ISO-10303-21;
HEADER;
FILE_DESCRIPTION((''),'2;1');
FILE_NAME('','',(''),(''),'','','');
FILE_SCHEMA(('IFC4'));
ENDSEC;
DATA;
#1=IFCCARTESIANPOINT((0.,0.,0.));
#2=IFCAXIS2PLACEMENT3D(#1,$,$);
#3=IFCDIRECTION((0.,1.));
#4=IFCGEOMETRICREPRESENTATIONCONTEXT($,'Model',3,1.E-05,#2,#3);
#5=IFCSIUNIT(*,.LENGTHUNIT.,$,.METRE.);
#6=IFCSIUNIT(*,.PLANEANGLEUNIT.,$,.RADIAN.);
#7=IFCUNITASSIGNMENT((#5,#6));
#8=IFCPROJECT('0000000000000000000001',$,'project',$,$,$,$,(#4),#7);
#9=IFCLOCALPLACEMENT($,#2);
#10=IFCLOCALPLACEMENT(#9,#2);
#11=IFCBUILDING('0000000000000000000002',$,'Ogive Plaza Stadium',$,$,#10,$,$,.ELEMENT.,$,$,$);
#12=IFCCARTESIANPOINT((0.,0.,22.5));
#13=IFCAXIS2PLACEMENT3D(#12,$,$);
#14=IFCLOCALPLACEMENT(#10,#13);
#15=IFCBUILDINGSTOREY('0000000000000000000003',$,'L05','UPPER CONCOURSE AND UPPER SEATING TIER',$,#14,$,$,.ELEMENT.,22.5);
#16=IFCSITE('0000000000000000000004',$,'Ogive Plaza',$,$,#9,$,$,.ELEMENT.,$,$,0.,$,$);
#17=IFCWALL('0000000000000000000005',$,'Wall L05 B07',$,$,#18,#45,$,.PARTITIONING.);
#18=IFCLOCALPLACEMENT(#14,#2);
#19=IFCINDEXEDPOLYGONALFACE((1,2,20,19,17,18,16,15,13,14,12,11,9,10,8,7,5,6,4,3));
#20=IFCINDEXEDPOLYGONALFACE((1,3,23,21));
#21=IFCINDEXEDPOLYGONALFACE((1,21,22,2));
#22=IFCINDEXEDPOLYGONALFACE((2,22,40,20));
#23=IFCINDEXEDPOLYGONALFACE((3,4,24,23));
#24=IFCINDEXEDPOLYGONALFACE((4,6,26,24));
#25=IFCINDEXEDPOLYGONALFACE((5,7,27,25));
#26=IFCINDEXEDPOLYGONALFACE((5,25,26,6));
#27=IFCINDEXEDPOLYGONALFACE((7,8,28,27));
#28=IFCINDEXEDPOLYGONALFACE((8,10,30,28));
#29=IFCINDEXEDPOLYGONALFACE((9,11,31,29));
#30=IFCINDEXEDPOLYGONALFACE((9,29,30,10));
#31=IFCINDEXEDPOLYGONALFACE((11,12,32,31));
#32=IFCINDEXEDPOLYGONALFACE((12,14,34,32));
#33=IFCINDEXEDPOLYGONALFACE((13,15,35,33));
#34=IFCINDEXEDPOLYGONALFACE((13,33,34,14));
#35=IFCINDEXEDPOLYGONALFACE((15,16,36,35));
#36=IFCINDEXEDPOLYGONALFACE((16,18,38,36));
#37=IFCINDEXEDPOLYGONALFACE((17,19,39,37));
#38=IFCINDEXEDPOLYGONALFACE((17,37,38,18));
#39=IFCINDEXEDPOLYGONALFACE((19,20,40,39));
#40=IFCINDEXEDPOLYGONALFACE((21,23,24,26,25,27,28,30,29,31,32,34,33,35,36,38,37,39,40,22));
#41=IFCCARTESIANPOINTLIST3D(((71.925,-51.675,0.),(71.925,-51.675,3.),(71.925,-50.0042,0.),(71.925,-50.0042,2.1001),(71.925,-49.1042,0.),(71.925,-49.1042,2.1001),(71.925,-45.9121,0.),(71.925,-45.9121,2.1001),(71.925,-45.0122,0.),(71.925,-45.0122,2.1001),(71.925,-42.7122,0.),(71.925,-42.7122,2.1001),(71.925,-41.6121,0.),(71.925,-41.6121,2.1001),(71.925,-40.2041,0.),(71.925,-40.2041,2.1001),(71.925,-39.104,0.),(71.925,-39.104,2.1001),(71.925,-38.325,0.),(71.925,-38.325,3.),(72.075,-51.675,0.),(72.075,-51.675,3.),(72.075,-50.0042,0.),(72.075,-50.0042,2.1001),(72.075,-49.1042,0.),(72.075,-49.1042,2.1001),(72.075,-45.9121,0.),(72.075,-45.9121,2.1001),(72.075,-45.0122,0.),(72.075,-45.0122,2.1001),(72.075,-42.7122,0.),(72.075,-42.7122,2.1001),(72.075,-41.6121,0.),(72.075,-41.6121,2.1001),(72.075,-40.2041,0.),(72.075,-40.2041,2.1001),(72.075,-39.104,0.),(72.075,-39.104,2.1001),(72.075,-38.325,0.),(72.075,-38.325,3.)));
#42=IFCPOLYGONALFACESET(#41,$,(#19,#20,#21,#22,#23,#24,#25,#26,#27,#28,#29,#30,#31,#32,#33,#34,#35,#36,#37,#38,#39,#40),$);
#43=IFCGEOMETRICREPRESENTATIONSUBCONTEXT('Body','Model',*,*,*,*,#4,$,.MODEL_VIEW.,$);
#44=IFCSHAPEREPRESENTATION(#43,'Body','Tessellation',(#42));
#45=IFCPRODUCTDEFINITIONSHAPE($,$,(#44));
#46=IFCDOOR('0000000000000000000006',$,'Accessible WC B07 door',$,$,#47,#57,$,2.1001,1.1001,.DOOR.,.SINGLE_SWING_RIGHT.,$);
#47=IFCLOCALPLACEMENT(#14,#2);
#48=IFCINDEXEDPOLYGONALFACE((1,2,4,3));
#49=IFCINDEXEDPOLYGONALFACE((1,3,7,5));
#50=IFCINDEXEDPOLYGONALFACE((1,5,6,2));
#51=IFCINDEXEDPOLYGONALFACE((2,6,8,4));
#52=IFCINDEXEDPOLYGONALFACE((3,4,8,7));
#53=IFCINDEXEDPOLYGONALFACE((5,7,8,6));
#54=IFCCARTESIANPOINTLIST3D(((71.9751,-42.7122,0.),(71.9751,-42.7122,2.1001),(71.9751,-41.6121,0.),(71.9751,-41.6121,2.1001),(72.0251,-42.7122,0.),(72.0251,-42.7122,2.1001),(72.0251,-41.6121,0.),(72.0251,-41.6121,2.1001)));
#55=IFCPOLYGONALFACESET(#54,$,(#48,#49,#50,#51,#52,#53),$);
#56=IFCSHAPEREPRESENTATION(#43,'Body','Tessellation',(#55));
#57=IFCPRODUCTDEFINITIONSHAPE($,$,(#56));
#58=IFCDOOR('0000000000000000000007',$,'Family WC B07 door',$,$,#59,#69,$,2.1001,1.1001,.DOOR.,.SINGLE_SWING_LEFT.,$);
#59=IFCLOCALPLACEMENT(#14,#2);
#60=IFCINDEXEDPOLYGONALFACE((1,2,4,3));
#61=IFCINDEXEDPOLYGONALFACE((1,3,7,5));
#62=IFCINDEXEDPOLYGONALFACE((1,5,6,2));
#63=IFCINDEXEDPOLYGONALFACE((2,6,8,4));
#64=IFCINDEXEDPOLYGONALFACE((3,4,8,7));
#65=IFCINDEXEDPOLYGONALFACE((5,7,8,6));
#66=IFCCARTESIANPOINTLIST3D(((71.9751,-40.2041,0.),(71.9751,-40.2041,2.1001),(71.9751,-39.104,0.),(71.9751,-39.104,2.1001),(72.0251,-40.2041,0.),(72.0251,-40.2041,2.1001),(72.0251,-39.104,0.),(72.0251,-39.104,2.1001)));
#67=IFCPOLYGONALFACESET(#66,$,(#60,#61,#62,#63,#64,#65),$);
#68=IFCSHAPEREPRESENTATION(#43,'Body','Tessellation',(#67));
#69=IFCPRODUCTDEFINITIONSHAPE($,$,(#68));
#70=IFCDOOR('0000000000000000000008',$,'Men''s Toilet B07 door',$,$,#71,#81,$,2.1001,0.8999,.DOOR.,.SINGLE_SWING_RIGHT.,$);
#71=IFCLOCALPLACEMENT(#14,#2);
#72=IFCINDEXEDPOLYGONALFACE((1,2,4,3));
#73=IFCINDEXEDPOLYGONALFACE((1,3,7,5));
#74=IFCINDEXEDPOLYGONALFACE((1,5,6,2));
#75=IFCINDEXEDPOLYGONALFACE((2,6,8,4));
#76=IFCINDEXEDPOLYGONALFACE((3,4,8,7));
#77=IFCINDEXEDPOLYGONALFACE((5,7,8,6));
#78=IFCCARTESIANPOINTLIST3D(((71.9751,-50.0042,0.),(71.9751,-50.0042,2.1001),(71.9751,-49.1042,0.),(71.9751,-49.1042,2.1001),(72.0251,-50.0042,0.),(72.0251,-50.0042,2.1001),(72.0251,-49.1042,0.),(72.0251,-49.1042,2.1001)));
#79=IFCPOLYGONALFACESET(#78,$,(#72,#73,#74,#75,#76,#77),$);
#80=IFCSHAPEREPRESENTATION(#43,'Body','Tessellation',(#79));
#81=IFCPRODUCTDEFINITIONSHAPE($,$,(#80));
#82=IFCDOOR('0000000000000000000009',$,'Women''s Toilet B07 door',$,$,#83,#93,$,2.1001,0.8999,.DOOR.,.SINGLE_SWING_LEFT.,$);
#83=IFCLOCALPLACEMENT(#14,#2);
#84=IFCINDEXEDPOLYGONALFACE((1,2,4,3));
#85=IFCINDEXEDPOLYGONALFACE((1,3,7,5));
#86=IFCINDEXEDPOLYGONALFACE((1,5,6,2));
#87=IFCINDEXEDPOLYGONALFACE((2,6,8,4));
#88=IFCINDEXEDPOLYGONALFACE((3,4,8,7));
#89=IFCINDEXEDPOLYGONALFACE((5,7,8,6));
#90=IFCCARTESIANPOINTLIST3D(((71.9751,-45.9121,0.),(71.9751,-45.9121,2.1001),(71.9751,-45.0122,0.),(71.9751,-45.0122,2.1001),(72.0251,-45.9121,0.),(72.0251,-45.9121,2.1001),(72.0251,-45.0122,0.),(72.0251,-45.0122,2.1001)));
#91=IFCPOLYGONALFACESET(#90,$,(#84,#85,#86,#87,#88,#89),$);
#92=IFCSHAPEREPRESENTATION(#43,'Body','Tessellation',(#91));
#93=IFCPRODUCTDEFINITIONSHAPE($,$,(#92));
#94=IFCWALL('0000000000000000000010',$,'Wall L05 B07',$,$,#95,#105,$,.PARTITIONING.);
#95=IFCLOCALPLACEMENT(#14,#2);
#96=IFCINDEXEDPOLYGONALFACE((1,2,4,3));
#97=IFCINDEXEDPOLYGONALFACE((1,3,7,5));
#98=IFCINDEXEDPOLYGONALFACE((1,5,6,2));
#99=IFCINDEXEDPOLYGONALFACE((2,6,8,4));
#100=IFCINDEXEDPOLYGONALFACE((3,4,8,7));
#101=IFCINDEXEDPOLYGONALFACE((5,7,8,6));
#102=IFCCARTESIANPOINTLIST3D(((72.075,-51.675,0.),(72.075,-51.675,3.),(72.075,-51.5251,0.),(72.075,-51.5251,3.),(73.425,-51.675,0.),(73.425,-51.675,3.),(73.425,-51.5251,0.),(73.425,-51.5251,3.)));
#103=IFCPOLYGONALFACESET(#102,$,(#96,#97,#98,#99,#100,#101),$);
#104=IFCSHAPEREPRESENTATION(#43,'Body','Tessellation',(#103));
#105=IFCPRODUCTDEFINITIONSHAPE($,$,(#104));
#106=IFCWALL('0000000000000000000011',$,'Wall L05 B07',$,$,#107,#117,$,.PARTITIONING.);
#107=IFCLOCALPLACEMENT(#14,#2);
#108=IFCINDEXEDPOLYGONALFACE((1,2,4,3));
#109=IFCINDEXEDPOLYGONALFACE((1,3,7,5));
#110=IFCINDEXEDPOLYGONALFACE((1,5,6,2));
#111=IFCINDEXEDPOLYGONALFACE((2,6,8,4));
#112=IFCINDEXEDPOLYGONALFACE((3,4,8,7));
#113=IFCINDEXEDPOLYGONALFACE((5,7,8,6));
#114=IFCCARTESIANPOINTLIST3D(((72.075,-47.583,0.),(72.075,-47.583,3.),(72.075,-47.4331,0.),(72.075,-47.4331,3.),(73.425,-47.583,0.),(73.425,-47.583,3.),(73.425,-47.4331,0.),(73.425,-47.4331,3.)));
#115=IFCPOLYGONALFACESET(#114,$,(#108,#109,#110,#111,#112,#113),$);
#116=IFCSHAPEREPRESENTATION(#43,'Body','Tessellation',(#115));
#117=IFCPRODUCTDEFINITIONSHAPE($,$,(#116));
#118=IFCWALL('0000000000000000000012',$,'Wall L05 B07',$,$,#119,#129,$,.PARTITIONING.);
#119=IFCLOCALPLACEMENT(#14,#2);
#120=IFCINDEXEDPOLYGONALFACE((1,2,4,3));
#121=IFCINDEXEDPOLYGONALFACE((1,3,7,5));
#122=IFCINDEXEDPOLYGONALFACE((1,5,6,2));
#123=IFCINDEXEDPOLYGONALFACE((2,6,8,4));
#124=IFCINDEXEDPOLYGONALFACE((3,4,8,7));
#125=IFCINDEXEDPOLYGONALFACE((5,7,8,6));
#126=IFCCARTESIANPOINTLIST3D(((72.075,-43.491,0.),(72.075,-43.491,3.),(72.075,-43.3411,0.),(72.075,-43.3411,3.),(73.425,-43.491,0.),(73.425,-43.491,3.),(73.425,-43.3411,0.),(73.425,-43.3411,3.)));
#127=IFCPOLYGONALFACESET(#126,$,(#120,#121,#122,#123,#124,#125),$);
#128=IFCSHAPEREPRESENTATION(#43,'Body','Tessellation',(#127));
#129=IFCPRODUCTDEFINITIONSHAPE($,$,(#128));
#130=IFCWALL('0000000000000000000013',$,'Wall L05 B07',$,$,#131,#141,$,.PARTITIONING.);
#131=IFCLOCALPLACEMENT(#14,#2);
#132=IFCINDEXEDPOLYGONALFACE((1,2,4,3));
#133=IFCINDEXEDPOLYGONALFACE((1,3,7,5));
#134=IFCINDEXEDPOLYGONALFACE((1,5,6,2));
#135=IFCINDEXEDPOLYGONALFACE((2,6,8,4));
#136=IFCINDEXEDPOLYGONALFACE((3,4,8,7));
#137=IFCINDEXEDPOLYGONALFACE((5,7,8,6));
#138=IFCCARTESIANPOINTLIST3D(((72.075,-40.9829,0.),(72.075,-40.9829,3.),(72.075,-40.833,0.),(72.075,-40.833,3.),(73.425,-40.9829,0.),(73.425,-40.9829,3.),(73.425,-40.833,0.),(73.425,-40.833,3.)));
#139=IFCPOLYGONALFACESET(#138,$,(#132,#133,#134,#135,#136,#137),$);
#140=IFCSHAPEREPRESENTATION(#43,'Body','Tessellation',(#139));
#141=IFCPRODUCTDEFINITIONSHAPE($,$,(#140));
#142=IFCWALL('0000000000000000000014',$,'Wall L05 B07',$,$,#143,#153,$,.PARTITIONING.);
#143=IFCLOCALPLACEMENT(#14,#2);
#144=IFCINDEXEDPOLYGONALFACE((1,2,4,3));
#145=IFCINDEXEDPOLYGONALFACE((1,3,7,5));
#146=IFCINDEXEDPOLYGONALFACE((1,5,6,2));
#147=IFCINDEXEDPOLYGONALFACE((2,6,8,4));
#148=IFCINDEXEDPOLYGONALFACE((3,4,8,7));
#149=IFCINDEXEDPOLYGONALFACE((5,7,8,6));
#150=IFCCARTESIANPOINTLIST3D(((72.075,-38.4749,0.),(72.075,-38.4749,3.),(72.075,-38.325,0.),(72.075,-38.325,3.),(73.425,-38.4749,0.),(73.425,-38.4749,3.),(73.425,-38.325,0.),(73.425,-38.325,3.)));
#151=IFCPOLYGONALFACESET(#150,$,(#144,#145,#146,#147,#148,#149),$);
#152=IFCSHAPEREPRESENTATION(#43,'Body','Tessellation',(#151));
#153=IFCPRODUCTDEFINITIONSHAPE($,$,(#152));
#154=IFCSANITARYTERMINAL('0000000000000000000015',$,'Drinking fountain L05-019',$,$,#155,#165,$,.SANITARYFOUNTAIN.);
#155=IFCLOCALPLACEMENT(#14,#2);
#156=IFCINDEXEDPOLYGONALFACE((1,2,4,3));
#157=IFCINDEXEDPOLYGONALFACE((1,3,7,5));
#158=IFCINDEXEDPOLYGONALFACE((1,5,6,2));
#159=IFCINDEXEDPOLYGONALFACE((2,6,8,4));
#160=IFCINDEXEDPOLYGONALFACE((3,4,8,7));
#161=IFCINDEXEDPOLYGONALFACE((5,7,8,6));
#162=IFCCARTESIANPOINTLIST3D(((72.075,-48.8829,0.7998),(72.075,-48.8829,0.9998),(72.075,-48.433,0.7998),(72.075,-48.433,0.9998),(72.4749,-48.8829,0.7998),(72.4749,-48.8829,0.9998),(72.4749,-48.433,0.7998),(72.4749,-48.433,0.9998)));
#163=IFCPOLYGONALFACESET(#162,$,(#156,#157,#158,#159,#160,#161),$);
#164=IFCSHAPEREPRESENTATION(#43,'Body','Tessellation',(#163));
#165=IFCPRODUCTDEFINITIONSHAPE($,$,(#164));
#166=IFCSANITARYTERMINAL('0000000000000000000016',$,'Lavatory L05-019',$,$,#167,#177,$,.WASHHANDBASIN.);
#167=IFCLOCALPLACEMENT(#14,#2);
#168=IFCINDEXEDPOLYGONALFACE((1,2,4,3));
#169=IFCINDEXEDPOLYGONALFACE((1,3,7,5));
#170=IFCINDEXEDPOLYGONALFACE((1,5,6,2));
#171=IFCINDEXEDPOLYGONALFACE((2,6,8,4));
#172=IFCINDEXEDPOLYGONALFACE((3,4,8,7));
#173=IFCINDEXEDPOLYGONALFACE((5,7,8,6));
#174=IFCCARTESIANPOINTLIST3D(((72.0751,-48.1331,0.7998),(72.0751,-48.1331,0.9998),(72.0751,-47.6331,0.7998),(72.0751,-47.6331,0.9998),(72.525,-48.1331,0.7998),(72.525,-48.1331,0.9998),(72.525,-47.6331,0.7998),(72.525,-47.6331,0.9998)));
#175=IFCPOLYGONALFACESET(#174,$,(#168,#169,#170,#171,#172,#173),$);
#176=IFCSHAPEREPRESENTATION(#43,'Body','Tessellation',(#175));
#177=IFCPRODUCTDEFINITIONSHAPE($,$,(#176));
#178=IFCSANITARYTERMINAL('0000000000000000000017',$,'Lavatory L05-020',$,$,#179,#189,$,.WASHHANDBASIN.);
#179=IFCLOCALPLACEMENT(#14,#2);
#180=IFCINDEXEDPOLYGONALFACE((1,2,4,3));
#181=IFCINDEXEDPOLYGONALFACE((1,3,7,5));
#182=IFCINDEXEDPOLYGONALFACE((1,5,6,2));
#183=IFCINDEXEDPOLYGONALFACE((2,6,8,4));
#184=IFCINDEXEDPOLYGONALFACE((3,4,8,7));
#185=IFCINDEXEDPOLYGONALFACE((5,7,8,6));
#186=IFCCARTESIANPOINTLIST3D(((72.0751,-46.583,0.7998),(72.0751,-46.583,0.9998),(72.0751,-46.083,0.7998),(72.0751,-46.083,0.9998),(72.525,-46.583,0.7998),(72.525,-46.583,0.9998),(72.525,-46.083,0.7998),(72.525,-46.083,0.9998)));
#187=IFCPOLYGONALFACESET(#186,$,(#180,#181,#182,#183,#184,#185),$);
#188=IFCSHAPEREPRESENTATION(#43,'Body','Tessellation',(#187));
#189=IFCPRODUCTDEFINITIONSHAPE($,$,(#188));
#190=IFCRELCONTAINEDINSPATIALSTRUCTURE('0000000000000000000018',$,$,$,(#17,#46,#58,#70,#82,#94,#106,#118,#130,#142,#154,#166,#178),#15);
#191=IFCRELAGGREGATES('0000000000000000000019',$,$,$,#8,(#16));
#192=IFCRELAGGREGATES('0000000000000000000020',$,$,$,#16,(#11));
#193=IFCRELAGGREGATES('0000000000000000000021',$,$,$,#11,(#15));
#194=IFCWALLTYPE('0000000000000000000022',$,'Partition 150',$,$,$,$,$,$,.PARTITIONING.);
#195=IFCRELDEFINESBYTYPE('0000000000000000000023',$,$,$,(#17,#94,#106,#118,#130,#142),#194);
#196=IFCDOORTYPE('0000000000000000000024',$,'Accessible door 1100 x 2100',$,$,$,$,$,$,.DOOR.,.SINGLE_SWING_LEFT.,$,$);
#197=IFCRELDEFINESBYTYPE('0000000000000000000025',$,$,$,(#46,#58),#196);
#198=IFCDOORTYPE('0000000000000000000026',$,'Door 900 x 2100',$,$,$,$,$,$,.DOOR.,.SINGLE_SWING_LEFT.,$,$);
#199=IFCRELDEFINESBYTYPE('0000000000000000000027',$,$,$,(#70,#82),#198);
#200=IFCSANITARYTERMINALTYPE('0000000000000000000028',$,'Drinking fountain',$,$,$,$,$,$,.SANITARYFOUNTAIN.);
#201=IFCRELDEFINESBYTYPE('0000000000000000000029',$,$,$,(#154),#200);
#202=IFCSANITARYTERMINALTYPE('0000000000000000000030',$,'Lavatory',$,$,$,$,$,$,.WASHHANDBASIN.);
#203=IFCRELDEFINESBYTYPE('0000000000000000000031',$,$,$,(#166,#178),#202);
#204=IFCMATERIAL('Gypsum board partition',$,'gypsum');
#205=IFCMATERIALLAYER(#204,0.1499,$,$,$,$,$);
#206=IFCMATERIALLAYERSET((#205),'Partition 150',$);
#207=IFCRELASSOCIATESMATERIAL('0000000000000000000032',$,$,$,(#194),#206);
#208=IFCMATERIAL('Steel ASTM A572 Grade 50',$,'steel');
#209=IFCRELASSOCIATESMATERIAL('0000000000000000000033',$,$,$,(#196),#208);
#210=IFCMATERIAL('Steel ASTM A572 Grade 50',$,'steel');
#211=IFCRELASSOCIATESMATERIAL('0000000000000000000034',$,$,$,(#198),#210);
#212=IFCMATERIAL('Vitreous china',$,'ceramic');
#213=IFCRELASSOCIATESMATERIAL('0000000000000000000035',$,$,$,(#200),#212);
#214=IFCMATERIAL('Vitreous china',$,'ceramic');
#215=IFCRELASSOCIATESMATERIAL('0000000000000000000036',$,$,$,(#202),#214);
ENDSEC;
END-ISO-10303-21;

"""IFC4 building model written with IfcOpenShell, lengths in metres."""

from ifc_helpers import new_model, si_unit, direction, frame, frame_2d, origin, origin_2d, place, context, subcontext, project, spatial, rectangle, extrude, material, layer, layer_set, type_object, element, fill, save


model = new_model("IFC4")

# Units and contexts
model_context = context("Model", 3, precision=1e-05, world=origin(), true_north=direction((0.0, 1.0)))
body_context = subcontext(model_context, "Body", "Model", "MODEL_VIEW")
ifc_project = project(units=[si_unit("LENGTHUNIT", "METRE"), si_unit("PLANEANGLEUNIT", "RADIAN")], contexts=[model_context])

# Site, building, storey
site_placement = place(None, origin())
site = spatial("IfcSite", under=ifc_project, at=site_placement, Name="Ogive Plaza", CompositionType="ELEMENT", RefElevation=0.0)
building_placement = place(site_placement, origin())
building = spatial("IfcBuilding", under=site, at=building_placement, Name="Ogive Plaza Stadium", CompositionType="ELEMENT")
storey_placement = place(building_placement, frame((0.0, 0.0, 22.5)))
storey = spatial("IfcBuildingStorey", under=building, at=storey_placement, Name="L05", Description="UPPER CONCOURSE AND UPPER SEATING TIER", CompositionType="ELEMENT", Elevation=22.5)

# Wall, openings, doors
ifc_material_1 = material(Name="Gypsum board partition", Category="gypsum")
ifc_layer_1 = layer(ifc_material_1, 0.1499)
ifc_layer_set_1 = layer_set([ifc_layer_1], Name="Partition 150")
wall_type_1 = type_object("IfcWallType", Name="Partition 150", PredefinedType="PARTITIONING", material=ifc_layer_set_1)
wall_1_placement = place(storey_placement, frame((72.0, -51.675, 0.0), z_axis=(0.0, 0.0, 1.0), x_axis=(0.0, 1.0, 0.0)))
wall_1 = element("IfcWall", 1, at=wall_1_placement, inside=storey, type_object=wall_type_1, Name="Wall L05 B07", PredefinedType="PARTITIONING", context=body_context, shape_type="SweptSolid", body=[
    extrude(rectangle(XDim=13.3501, YDim=0.1499, at=frame_2d((6.675, 0.0))), origin(), (0.0, 0.0, 1.0), 3.0),
])
opening_1_placement = place(wall_1_placement, frame((1.6709, 0.0, 0.0)))
opening_1 = element("IfcOpeningElement", 2, at=opening_1_placement, cuts=wall_1, PredefinedType="OPENING", context=body_context, shape_type="SweptSolid", body=[
    extrude(rectangle(XDim=0.8999, YDim=2.1001, at=frame_2d((0.45, 1.05))), frame((0.0, 0.075, 0.0), z_axis=(0.0, -1.0, 0.0), x_axis=(1.0, 0.0, 0.0)), (0.0, 0.0, 1.0), 0.1499),
])
opening_2_placement = place(wall_1_placement, frame((5.7629, 0.0, 0.0)))
opening_2 = element("IfcOpeningElement", 3, at=opening_2_placement, cuts=wall_1, PredefinedType="OPENING", context=body_context, shape_type="SweptSolid", body=[
    extrude(rectangle(XDim=0.8999, YDim=2.1001, at=frame_2d((0.45, 1.05))), frame((0.0, 0.075, 0.0), z_axis=(0.0, -1.0, 0.0), x_axis=(1.0, 0.0, 0.0)), (0.0, 0.0, 1.0), 0.1499),
])
opening_3_placement = place(wall_1_placement, frame((8.9629, 0.0, 0.0)))
opening_3 = element("IfcOpeningElement", 4, at=opening_3_placement, cuts=wall_1, PredefinedType="OPENING", context=body_context, shape_type="SweptSolid", body=[
    extrude(rectangle(XDim=1.1001, YDim=2.1001, at=frame_2d((0.55, 1.05))), frame((0.0, 0.075, 0.0), z_axis=(0.0, -1.0, 0.0), x_axis=(1.0, 0.0, 0.0)), (0.0, 0.0, 1.0), 0.1499),
])
opening_4_placement = place(wall_1_placement, frame((11.4709, 0.0, 0.0)))
opening_4 = element("IfcOpeningElement", 5, at=opening_4_placement, cuts=wall_1, PredefinedType="OPENING", context=body_context, shape_type="SweptSolid", body=[
    extrude(rectangle(XDim=1.1001, YDim=2.1001, at=frame_2d((0.55, 1.05))), frame((0.0, 0.075, 0.0), z_axis=(0.0, -1.0, 0.0), x_axis=(1.0, 0.0, 0.0)), (0.0, 0.0, 1.0), 0.1499),
])
ifc_material_2 = material(Name="Steel ASTM A572 Grade 50", Category="steel")
door_type_1 = type_object("IfcDoorType", Name="Accessible door 1100 x 2100", OperationType="SINGLE_SWING_LEFT", PredefinedType="DOOR", material=ifc_material_2)
door_1_placement = place(opening_3_placement, origin())
door_1 = element("IfcDoor", 6, at=door_1_placement, inside=storey, type_object=door_type_1, Name="Accessible WC B07 door", OperationType="SINGLE_SWING_RIGHT", OverallHeight=2.1001, OverallWidth=1.1001, PredefinedType="DOOR", context=body_context, shape_type="SweptSolid", body=[
    extrude(rectangle(XDim=1.1001, YDim=2.1001, at=frame_2d((0.55, 1.05))), frame((0.0, 0.0249, 0.0), z_axis=(0.0, -1.0, 0.0), x_axis=(1.0, 0.0, 0.0)), (0.0, 0.0, 1.0), 0.05),
])
fill(opening_3, door_1)
door_2_placement = place(opening_4_placement, origin())
door_2 = element("IfcDoor", 7, at=door_2_placement, inside=storey, type_object=door_type_1, Name="Family WC B07 door", OperationType="SINGLE_SWING_LEFT", OverallHeight=2.1001, OverallWidth=1.1001, PredefinedType="DOOR", context=body_context, shape_type="SweptSolid", body=[
    extrude(rectangle(XDim=1.1001, YDim=2.1001, at=frame_2d((0.55, 1.05))), frame((0.0, 0.0249, 0.0), z_axis=(0.0, -1.0, 0.0), x_axis=(1.0, 0.0, 0.0)), (0.0, 0.0, 1.0), 0.05),
])
fill(opening_4, door_2)
ifc_material_3 = material(Name="Steel ASTM A572 Grade 50", Category="steel")
door_type_2 = type_object("IfcDoorType", Name="Door 900 x 2100", OperationType="SINGLE_SWING_LEFT", PredefinedType="DOOR", material=ifc_material_3)
door_3_placement = place(opening_1_placement, origin())
door_3 = element("IfcDoor", 8, at=door_3_placement, inside=storey, type_object=door_type_2, Name="Men's Toilet B07 door", OperationType="SINGLE_SWING_RIGHT", OverallHeight=2.1001, OverallWidth=0.8999, PredefinedType="DOOR", context=body_context, shape_type="SweptSolid", body=[
    extrude(rectangle(XDim=0.8999, YDim=2.1001, at=frame_2d((0.45, 1.05))), frame((0.0, 0.0249, 0.0), z_axis=(0.0, -1.0, 0.0), x_axis=(1.0, 0.0, 0.0)), (0.0, 0.0, 1.0), 0.05),
])
fill(opening_1, door_3)
door_4_placement = place(opening_2_placement, origin())
door_4 = element("IfcDoor", 9, at=door_4_placement, inside=storey, type_object=door_type_2, Name="Women's Toilet B07 door", OperationType="SINGLE_SWING_LEFT", OverallHeight=2.1001, OverallWidth=0.8999, PredefinedType="DOOR", context=body_context, shape_type="SweptSolid", body=[
    extrude(rectangle(XDim=0.8999, YDim=2.1001, at=frame_2d((0.45, 1.05))), frame((0.0, 0.0249, 0.0), z_axis=(0.0, -1.0, 0.0), x_axis=(1.0, 0.0, 0.0)), (0.0, 0.0, 1.0), 0.05),
])
fill(opening_2, door_4)

# Walls
for number, where, z_axis, x_axis, name in (
    (10, (72.075, -51.6001, 0.0), (0.0, 0.0, 1.0), (1.0, 0.0, 0.0), "Wall L05 B07"),
    (11, (72.075, -47.5081, 0.0), (0.0, 0.0, 1.0), (1.0, 0.0, 0.0), "Wall L05 B07"),
    (12, (72.075, -43.416, 0.0), (0.0, 0.0, 1.0), (1.0, 0.0, 0.0), "Wall L05 B07"),
    (13, (72.075, -40.908, 0.0), (0.0, 0.0, 1.0), (1.0, 0.0, 0.0), "Wall L05 B07"),
    (14, (72.075, -38.3999, 0.0), (0.0, 0.0, 1.0), (1.0, 0.0, 0.0), "Wall L05 B07"),
):
    element("IfcWall", number, at=place(storey_placement, frame(where, z_axis=z_axis, x_axis=x_axis)), inside=storey, type_object=wall_type_1, Name=name, PredefinedType="PARTITIONING", context=body_context, shape_type="SweptSolid", body=[
        extrude(rectangle(XDim=1.3501, YDim=0.1499, at=frame_2d((0.675, 0.0))), origin(), (0.0, 0.0, 1.0), 3.0),
    ])

# Sanitary terminals
ifc_material_4 = material(Name="Vitreous china", Category="ceramic")
sanitary_terminal_type_1 = type_object("IfcSanitaryTerminalType", Name="Drinking fountain", PredefinedType="SANITARYFOUNTAIN", material=ifc_material_4)
sanitary_terminal_placement = place(storey_placement, frame((72.2749, -48.658, 0.7998), z_axis=(0.0, 0.0, 1.0), x_axis=(0.0, -1.0, 0.0)))
element("IfcSanitaryTerminal", 15, at=sanitary_terminal_placement, inside=storey, type_object=sanitary_terminal_type_1, Name="Drinking fountain L05-019", PredefinedType="SANITARYFOUNTAIN", context=body_context, shape_type="SweptSolid", body=[
    extrude(rectangle(XDim=0.45, YDim=0.3999, at=origin_2d()), origin(), (0.0, 0.0, 1.0), 0.2),
])
ifc_material_5 = material(Name="Vitreous china", Category="ceramic")
sanitary_terminal_type_2 = type_object("IfcSanitaryTerminalType", Name="Lavatory", PredefinedType="WASHHANDBASIN", material=ifc_material_5)
for number, where, z_axis, x_axis, name in (
    (16, (72.3, -47.8831, 0.7998), (0.0, 0.0, 1.0), (0.0, -1.0, 0.0), "Lavatory L05-019"),
    (17, (72.3, -46.333, 0.7998), (0.0, 0.0, 1.0), (0.0, 1.0, 0.0), "Lavatory L05-020"),
):
    element("IfcSanitaryTerminal", number, at=place(storey_placement, frame(where, z_axis=z_axis, x_axis=x_axis)), inside=storey, type_object=sanitary_terminal_type_2, Name=name, PredefinedType="WASHHANDBASIN", context=body_context, shape_type="SweptSolid", body=[
        extrude(rectangle(XDim=0.5, YDim=0.45, at=origin_2d()), origin(), (0.0, 0.0, 1.0), 0.2),
    ])

save(model, "model.ifc")
